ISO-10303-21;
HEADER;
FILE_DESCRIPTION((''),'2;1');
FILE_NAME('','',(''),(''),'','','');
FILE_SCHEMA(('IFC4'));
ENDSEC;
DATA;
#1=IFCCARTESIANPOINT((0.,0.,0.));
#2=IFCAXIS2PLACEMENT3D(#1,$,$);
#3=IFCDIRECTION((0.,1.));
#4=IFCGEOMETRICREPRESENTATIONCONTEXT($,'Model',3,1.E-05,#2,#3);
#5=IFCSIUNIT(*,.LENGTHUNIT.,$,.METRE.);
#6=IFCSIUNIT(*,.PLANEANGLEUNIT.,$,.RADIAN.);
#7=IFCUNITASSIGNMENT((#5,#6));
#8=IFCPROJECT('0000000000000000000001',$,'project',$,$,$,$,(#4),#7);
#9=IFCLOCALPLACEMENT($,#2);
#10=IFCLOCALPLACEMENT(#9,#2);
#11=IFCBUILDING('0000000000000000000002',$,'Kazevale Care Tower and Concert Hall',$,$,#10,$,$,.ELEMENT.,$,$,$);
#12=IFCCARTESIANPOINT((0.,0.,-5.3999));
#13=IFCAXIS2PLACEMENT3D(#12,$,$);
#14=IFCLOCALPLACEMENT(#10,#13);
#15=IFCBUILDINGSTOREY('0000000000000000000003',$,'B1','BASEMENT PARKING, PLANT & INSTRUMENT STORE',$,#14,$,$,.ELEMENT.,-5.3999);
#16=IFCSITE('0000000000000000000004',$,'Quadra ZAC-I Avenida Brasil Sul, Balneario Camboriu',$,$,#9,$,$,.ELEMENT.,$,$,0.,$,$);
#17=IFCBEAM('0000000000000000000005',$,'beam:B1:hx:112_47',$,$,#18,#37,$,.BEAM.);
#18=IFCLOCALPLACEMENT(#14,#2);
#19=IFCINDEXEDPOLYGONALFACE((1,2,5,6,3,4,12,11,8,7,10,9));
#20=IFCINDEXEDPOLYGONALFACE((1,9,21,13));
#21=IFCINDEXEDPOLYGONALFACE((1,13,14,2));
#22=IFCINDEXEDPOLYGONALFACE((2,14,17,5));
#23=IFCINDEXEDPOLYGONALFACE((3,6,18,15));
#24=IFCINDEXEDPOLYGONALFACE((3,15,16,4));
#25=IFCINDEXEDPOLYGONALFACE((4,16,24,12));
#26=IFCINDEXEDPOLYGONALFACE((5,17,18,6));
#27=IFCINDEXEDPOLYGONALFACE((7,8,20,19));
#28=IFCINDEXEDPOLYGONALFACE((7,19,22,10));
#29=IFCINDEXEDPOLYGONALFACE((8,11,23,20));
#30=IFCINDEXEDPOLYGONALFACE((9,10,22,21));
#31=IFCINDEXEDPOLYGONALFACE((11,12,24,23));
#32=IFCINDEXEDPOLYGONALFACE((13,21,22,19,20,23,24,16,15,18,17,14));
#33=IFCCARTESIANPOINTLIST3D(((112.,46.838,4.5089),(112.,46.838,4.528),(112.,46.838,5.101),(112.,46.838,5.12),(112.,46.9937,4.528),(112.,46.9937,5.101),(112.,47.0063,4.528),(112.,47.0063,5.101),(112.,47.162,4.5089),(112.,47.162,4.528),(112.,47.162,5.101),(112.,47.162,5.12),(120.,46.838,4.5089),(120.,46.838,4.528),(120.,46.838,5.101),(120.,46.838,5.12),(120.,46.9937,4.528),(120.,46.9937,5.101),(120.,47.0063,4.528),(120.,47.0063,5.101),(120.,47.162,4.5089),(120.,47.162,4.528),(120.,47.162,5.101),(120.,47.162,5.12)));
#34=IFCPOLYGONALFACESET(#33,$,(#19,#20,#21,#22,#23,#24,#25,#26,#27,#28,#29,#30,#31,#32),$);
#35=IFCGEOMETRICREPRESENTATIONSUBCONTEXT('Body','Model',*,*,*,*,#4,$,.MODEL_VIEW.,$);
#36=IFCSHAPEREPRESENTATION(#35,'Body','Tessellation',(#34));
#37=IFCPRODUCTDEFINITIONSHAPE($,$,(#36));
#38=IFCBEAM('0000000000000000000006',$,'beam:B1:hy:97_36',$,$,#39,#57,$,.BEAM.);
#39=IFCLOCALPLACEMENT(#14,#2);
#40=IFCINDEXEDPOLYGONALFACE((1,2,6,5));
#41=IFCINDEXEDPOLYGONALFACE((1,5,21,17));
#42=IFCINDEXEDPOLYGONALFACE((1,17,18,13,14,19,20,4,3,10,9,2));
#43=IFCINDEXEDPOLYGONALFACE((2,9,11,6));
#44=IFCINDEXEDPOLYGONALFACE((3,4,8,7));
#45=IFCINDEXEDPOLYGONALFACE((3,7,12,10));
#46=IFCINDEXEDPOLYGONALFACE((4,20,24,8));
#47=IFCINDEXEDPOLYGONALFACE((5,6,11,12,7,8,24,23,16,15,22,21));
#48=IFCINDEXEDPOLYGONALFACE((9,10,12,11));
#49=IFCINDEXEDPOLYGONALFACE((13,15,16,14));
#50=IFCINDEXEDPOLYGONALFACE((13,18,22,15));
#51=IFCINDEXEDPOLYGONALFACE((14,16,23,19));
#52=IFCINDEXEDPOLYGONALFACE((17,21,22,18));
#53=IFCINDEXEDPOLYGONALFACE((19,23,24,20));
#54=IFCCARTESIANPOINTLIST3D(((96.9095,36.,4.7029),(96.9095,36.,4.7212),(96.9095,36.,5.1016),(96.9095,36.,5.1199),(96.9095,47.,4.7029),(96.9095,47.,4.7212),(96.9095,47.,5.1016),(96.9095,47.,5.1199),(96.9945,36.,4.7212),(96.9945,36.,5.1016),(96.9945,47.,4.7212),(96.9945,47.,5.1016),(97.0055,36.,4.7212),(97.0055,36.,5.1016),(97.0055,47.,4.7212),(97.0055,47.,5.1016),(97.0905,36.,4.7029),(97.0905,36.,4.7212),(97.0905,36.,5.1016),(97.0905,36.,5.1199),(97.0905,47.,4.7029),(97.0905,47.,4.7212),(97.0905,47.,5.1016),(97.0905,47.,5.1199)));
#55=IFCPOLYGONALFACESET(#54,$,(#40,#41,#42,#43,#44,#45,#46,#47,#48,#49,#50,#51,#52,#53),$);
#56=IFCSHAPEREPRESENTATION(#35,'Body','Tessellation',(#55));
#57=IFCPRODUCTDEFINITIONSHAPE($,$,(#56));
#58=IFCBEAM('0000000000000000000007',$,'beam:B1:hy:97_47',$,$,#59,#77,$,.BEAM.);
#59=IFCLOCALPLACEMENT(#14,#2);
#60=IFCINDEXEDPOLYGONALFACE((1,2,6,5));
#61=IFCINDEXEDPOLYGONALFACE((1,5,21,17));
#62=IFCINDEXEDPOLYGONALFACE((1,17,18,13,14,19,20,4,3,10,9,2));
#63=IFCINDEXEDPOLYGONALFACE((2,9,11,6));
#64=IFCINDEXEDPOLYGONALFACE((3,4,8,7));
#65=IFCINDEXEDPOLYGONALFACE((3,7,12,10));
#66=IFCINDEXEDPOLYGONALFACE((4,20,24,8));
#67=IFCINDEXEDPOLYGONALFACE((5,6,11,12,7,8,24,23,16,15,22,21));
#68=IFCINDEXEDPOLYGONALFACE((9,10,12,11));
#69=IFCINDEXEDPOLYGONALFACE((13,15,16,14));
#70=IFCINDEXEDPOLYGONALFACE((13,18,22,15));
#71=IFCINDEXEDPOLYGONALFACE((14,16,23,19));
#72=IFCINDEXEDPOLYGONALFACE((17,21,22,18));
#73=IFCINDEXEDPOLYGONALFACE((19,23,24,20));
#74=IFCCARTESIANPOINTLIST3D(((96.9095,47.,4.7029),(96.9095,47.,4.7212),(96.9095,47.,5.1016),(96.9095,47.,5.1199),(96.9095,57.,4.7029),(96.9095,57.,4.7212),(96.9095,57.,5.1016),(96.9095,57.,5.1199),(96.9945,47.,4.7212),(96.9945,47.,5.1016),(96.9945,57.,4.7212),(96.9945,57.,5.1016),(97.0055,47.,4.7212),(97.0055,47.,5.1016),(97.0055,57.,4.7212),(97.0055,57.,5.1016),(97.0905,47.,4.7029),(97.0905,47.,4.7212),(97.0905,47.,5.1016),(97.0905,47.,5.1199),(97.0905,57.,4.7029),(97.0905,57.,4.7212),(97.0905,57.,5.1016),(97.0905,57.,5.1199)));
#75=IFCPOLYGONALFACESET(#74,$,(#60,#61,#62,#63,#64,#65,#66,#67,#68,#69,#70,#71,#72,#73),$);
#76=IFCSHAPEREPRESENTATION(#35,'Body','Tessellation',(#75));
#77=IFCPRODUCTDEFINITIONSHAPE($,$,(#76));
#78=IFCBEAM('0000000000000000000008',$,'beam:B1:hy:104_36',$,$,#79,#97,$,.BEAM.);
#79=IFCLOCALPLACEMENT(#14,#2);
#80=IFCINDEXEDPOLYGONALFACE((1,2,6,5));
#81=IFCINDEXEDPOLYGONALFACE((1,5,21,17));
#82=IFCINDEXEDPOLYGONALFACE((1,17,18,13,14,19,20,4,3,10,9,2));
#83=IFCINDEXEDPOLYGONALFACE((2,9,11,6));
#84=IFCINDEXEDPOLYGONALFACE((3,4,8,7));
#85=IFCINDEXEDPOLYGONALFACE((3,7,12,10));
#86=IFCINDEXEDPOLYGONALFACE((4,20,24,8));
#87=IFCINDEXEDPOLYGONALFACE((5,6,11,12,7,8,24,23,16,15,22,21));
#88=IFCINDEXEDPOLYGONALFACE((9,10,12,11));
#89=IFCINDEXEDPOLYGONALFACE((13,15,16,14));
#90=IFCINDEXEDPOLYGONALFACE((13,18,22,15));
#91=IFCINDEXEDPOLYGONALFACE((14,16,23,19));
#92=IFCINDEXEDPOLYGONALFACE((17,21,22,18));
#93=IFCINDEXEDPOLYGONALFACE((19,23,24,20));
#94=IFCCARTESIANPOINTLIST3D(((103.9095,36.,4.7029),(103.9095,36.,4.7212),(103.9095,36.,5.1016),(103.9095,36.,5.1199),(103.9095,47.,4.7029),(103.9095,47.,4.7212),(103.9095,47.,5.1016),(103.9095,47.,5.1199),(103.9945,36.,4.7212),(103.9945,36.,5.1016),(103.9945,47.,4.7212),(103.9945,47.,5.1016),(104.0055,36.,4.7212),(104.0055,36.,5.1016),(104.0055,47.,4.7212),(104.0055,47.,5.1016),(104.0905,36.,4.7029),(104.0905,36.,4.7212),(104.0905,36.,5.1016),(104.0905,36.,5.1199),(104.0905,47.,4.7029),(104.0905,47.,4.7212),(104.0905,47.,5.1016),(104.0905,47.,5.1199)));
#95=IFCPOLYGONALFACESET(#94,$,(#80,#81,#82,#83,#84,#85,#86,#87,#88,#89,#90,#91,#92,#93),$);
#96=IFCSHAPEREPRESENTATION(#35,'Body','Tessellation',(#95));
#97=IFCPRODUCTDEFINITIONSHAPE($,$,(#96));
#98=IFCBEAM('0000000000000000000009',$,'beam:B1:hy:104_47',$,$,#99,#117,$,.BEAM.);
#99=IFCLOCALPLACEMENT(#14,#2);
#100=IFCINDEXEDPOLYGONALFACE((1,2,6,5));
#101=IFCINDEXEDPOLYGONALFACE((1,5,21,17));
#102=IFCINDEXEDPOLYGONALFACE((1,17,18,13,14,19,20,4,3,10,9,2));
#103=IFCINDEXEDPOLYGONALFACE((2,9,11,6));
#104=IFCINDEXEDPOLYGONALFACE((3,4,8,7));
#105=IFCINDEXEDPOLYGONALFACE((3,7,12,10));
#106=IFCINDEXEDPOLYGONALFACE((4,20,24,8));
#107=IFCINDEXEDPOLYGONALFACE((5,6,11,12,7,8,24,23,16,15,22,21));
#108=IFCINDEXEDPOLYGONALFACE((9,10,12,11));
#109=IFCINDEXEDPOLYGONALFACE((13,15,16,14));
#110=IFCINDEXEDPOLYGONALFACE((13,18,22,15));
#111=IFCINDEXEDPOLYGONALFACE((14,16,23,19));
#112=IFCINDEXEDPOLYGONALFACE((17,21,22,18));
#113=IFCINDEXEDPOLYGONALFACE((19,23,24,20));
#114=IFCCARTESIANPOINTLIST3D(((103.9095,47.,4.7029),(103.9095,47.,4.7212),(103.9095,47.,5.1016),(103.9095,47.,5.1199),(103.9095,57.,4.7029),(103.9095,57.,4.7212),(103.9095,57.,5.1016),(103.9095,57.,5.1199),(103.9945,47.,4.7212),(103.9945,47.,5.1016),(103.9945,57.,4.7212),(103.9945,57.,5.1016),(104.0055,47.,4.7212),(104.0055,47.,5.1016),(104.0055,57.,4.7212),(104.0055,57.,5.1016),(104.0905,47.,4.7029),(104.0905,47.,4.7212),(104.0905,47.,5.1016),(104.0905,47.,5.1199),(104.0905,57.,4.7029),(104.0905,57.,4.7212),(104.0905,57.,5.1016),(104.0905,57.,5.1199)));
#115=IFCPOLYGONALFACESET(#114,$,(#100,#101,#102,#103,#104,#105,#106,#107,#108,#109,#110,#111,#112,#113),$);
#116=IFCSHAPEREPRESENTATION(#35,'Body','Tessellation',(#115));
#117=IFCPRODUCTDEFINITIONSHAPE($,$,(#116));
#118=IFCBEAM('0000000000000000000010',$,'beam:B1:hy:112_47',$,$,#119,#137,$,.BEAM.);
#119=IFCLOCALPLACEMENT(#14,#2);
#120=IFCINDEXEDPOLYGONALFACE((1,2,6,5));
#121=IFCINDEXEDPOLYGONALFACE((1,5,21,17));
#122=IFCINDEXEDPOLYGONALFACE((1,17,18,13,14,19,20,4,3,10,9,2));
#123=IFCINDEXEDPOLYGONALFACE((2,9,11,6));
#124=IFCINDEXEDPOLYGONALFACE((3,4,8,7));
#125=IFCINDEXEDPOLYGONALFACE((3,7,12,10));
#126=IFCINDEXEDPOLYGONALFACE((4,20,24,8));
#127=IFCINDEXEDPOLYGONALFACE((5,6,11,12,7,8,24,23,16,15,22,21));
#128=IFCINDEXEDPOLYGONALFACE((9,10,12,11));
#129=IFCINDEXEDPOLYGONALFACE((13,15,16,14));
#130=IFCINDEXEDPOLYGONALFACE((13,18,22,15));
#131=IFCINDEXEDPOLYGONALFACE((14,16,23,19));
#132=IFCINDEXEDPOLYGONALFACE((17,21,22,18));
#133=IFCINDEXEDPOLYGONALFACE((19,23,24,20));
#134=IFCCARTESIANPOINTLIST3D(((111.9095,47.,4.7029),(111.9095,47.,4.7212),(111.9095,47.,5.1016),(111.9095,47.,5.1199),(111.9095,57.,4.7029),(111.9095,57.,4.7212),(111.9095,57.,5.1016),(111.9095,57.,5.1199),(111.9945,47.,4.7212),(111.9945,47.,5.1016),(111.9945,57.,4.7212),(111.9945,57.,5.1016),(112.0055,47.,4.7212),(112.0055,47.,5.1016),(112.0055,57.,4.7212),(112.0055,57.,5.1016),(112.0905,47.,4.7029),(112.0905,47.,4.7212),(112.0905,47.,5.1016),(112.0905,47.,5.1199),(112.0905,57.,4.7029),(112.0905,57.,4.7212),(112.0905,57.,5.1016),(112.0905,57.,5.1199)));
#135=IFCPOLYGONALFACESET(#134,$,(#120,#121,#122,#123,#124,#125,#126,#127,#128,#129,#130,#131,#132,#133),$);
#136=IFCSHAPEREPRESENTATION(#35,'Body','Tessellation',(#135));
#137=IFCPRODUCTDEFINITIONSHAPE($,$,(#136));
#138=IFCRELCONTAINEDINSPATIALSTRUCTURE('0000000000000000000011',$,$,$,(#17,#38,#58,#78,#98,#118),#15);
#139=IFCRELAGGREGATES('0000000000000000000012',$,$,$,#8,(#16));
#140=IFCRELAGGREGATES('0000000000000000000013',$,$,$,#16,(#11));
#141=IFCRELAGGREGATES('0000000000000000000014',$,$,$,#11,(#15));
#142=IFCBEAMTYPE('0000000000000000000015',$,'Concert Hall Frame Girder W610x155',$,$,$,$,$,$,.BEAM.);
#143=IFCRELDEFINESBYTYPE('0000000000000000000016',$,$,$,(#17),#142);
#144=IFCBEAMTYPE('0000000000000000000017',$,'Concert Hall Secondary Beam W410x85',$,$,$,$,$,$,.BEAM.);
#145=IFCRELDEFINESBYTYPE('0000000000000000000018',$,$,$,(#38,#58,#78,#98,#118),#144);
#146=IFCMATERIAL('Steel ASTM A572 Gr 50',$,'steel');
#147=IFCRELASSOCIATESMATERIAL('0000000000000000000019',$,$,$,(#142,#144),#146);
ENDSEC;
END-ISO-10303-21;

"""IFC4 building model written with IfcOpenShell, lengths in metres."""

from ifc_helpers import new_model, si_unit, direction, frame, origin, origin_2d, place, context, subcontext, project, spatial, i_section, extrude, material, material_profile, profile_set, type_object, element, save


model = new_model("IFC4")

# Units and contexts
model_context = context("Model", 3, precision=1e-05, world=origin(), true_north=direction((0.0, 1.0)))
body_context = subcontext(model_context, "Body", "Model", "MODEL_VIEW")
ifc_project = project(units=[si_unit("LENGTHUNIT", "METRE"), si_unit("PLANEANGLEUNIT", "RADIAN")], contexts=[model_context])

# Site, building, storey
site_placement = place(None, origin())
site = spatial("IfcSite", under=ifc_project, at=site_placement, Name="Quadra ZAC-I Avenida Brasil Sul, Balneario Camboriu", CompositionType="ELEMENT", RefElevation=0.0)
building_placement = place(site_placement, origin())
building = spatial("IfcBuilding", under=site, at=building_placement, Name="Kazevale Care Tower and Concert Hall", CompositionType="ELEMENT")
storey_placement = place(building_placement, frame((0.0, 0.0, -5.3999)))
storey = spatial("IfcBuildingStorey", under=building, at=storey_placement, Name="B1", Description="BASEMENT PARKING, PLANT & INSTRUMENT STORE", CompositionType="ELEMENT", Elevation=-5.3999)

# Beams
ifc_material_1 = material(Name="Steel ASTM A572 Gr 50", Category="steel")
ifc_material_profile_1 = material_profile(ifc_material_1, i_section(OverallWidth=0.324, OverallDepth=0.6111, WebThickness=0.0127, FlangeThickness=0.019, at=origin_2d()), Name="W610x155")
ifc_profile_set_1 = profile_set([ifc_material_profile_1], Name="Steel ASTM A572 Gr 50")
beam_type_1 = type_object("IfcBeamType", Name="Concert Hall Frame Girder W610x155", PredefinedType="BEAM", material=ifc_profile_set_1)
for number, where, z_axis, x_axis, name in (
    (1, (112.0, 47.0, 4.8145), (1.0, 0.0, 0.0), (0.0, 1.0, 0.0), "beam:B1:hx:112_47"),
):
    element("IfcBeam", number, at=place(storey_placement, frame(where, z_axis=z_axis, x_axis=x_axis)), inside=storey, type_object=beam_type_1, Name=name, PredefinedType="BEAM", context=body_context, shape_type="SweptSolid", body=[
        extrude(i_section(OverallWidth=0.324, OverallDepth=0.6111, WebThickness=0.0127, FlangeThickness=0.019, at=origin_2d()), origin(), (0.0, 0.0, 1.0), 8.0),
    ])
ifc_material_profile_2 = material_profile(ifc_material_1, i_section(OverallWidth=0.1809, OverallDepth=0.417, WebThickness=0.011, FlangeThickness=0.0183, at=origin_2d()), Name="W410x85")
ifc_profile_set_2 = profile_set([ifc_material_profile_2], Name="Steel ASTM A572 Gr 50")
beam_type_2 = type_object("IfcBeamType", Name="Concert Hall Secondary Beam W410x85", PredefinedType="BEAM", material=ifc_profile_set_2)
beam_1_placement = place(storey_placement, frame((97.0, 36.0, 4.9114), z_axis=(0.0, 1.0, 0.0), x_axis=(-1.0, 0.0, 0.0)))
element("IfcBeam", 2, at=beam_1_placement, inside=storey, type_object=beam_type_2, Name="beam:B1:hy:97_36", PredefinedType="BEAM", context=body_context, shape_type="SweptSolid", body=[
    extrude(i_section(OverallWidth=0.1809, OverallDepth=0.417, WebThickness=0.011, FlangeThickness=0.0183, at=origin_2d()), origin(), (0.0, 0.0, 1.0), 11.0),
])
beam_2_placement = place(storey_placement, frame((97.0, 47.0, 4.9114), z_axis=(0.0, 1.0, 0.0), x_axis=(-1.0, 0.0, 0.0)))
element("IfcBeam", 3, at=beam_2_placement, inside=storey, type_object=beam_type_2, Name="beam:B1:hy:97_47", PredefinedType="BEAM", context=body_context, shape_type="SweptSolid", body=[
    extrude(i_section(OverallWidth=0.1809, OverallDepth=0.417, WebThickness=0.011, FlangeThickness=0.0183, at=origin_2d()), origin(), (0.0, 0.0, 1.0), 10.0),
])
beam_3_placement = place(storey_placement, frame((104.0, 36.0, 4.9114), z_axis=(0.0, 1.0, 0.0), x_axis=(-1.0, 0.0, 0.0)))
element("IfcBeam", 4, at=beam_3_placement, inside=storey, type_object=beam_type_2, Name="beam:B1:hy:104_36", PredefinedType="BEAM", context=body_context, shape_type="SweptSolid", body=[
    extrude(i_section(OverallWidth=0.1809, OverallDepth=0.417, WebThickness=0.011, FlangeThickness=0.0183, at=origin_2d()), origin(), (0.0, 0.0, 1.0), 11.0),
])
for number, where, z_axis, x_axis, name in (
    (5, (104.0, 47.0, 4.9114), (0.0, 1.0, 0.0), (-1.0, 0.0, 0.0), "beam:B1:hy:104_47"),
    (6, (112.0, 47.0, 4.9114), (0.0, 1.0, 0.0), (-1.0, 0.0, 0.0), "beam:B1:hy:112_47"),
):
    element("IfcBeam", number, at=place(storey_placement, frame(where, z_axis=z_axis, x_axis=x_axis)), inside=storey, type_object=beam_type_2, Name=name, PredefinedType="BEAM", context=body_context, shape_type="SweptSolid", body=[
        extrude(i_section(OverallWidth=0.1809, OverallDepth=0.417, WebThickness=0.011, FlangeThickness=0.0183, at=origin_2d()), origin(), (0.0, 0.0, 1.0), 10.0),
    ])

save(model, "model.ifc")
